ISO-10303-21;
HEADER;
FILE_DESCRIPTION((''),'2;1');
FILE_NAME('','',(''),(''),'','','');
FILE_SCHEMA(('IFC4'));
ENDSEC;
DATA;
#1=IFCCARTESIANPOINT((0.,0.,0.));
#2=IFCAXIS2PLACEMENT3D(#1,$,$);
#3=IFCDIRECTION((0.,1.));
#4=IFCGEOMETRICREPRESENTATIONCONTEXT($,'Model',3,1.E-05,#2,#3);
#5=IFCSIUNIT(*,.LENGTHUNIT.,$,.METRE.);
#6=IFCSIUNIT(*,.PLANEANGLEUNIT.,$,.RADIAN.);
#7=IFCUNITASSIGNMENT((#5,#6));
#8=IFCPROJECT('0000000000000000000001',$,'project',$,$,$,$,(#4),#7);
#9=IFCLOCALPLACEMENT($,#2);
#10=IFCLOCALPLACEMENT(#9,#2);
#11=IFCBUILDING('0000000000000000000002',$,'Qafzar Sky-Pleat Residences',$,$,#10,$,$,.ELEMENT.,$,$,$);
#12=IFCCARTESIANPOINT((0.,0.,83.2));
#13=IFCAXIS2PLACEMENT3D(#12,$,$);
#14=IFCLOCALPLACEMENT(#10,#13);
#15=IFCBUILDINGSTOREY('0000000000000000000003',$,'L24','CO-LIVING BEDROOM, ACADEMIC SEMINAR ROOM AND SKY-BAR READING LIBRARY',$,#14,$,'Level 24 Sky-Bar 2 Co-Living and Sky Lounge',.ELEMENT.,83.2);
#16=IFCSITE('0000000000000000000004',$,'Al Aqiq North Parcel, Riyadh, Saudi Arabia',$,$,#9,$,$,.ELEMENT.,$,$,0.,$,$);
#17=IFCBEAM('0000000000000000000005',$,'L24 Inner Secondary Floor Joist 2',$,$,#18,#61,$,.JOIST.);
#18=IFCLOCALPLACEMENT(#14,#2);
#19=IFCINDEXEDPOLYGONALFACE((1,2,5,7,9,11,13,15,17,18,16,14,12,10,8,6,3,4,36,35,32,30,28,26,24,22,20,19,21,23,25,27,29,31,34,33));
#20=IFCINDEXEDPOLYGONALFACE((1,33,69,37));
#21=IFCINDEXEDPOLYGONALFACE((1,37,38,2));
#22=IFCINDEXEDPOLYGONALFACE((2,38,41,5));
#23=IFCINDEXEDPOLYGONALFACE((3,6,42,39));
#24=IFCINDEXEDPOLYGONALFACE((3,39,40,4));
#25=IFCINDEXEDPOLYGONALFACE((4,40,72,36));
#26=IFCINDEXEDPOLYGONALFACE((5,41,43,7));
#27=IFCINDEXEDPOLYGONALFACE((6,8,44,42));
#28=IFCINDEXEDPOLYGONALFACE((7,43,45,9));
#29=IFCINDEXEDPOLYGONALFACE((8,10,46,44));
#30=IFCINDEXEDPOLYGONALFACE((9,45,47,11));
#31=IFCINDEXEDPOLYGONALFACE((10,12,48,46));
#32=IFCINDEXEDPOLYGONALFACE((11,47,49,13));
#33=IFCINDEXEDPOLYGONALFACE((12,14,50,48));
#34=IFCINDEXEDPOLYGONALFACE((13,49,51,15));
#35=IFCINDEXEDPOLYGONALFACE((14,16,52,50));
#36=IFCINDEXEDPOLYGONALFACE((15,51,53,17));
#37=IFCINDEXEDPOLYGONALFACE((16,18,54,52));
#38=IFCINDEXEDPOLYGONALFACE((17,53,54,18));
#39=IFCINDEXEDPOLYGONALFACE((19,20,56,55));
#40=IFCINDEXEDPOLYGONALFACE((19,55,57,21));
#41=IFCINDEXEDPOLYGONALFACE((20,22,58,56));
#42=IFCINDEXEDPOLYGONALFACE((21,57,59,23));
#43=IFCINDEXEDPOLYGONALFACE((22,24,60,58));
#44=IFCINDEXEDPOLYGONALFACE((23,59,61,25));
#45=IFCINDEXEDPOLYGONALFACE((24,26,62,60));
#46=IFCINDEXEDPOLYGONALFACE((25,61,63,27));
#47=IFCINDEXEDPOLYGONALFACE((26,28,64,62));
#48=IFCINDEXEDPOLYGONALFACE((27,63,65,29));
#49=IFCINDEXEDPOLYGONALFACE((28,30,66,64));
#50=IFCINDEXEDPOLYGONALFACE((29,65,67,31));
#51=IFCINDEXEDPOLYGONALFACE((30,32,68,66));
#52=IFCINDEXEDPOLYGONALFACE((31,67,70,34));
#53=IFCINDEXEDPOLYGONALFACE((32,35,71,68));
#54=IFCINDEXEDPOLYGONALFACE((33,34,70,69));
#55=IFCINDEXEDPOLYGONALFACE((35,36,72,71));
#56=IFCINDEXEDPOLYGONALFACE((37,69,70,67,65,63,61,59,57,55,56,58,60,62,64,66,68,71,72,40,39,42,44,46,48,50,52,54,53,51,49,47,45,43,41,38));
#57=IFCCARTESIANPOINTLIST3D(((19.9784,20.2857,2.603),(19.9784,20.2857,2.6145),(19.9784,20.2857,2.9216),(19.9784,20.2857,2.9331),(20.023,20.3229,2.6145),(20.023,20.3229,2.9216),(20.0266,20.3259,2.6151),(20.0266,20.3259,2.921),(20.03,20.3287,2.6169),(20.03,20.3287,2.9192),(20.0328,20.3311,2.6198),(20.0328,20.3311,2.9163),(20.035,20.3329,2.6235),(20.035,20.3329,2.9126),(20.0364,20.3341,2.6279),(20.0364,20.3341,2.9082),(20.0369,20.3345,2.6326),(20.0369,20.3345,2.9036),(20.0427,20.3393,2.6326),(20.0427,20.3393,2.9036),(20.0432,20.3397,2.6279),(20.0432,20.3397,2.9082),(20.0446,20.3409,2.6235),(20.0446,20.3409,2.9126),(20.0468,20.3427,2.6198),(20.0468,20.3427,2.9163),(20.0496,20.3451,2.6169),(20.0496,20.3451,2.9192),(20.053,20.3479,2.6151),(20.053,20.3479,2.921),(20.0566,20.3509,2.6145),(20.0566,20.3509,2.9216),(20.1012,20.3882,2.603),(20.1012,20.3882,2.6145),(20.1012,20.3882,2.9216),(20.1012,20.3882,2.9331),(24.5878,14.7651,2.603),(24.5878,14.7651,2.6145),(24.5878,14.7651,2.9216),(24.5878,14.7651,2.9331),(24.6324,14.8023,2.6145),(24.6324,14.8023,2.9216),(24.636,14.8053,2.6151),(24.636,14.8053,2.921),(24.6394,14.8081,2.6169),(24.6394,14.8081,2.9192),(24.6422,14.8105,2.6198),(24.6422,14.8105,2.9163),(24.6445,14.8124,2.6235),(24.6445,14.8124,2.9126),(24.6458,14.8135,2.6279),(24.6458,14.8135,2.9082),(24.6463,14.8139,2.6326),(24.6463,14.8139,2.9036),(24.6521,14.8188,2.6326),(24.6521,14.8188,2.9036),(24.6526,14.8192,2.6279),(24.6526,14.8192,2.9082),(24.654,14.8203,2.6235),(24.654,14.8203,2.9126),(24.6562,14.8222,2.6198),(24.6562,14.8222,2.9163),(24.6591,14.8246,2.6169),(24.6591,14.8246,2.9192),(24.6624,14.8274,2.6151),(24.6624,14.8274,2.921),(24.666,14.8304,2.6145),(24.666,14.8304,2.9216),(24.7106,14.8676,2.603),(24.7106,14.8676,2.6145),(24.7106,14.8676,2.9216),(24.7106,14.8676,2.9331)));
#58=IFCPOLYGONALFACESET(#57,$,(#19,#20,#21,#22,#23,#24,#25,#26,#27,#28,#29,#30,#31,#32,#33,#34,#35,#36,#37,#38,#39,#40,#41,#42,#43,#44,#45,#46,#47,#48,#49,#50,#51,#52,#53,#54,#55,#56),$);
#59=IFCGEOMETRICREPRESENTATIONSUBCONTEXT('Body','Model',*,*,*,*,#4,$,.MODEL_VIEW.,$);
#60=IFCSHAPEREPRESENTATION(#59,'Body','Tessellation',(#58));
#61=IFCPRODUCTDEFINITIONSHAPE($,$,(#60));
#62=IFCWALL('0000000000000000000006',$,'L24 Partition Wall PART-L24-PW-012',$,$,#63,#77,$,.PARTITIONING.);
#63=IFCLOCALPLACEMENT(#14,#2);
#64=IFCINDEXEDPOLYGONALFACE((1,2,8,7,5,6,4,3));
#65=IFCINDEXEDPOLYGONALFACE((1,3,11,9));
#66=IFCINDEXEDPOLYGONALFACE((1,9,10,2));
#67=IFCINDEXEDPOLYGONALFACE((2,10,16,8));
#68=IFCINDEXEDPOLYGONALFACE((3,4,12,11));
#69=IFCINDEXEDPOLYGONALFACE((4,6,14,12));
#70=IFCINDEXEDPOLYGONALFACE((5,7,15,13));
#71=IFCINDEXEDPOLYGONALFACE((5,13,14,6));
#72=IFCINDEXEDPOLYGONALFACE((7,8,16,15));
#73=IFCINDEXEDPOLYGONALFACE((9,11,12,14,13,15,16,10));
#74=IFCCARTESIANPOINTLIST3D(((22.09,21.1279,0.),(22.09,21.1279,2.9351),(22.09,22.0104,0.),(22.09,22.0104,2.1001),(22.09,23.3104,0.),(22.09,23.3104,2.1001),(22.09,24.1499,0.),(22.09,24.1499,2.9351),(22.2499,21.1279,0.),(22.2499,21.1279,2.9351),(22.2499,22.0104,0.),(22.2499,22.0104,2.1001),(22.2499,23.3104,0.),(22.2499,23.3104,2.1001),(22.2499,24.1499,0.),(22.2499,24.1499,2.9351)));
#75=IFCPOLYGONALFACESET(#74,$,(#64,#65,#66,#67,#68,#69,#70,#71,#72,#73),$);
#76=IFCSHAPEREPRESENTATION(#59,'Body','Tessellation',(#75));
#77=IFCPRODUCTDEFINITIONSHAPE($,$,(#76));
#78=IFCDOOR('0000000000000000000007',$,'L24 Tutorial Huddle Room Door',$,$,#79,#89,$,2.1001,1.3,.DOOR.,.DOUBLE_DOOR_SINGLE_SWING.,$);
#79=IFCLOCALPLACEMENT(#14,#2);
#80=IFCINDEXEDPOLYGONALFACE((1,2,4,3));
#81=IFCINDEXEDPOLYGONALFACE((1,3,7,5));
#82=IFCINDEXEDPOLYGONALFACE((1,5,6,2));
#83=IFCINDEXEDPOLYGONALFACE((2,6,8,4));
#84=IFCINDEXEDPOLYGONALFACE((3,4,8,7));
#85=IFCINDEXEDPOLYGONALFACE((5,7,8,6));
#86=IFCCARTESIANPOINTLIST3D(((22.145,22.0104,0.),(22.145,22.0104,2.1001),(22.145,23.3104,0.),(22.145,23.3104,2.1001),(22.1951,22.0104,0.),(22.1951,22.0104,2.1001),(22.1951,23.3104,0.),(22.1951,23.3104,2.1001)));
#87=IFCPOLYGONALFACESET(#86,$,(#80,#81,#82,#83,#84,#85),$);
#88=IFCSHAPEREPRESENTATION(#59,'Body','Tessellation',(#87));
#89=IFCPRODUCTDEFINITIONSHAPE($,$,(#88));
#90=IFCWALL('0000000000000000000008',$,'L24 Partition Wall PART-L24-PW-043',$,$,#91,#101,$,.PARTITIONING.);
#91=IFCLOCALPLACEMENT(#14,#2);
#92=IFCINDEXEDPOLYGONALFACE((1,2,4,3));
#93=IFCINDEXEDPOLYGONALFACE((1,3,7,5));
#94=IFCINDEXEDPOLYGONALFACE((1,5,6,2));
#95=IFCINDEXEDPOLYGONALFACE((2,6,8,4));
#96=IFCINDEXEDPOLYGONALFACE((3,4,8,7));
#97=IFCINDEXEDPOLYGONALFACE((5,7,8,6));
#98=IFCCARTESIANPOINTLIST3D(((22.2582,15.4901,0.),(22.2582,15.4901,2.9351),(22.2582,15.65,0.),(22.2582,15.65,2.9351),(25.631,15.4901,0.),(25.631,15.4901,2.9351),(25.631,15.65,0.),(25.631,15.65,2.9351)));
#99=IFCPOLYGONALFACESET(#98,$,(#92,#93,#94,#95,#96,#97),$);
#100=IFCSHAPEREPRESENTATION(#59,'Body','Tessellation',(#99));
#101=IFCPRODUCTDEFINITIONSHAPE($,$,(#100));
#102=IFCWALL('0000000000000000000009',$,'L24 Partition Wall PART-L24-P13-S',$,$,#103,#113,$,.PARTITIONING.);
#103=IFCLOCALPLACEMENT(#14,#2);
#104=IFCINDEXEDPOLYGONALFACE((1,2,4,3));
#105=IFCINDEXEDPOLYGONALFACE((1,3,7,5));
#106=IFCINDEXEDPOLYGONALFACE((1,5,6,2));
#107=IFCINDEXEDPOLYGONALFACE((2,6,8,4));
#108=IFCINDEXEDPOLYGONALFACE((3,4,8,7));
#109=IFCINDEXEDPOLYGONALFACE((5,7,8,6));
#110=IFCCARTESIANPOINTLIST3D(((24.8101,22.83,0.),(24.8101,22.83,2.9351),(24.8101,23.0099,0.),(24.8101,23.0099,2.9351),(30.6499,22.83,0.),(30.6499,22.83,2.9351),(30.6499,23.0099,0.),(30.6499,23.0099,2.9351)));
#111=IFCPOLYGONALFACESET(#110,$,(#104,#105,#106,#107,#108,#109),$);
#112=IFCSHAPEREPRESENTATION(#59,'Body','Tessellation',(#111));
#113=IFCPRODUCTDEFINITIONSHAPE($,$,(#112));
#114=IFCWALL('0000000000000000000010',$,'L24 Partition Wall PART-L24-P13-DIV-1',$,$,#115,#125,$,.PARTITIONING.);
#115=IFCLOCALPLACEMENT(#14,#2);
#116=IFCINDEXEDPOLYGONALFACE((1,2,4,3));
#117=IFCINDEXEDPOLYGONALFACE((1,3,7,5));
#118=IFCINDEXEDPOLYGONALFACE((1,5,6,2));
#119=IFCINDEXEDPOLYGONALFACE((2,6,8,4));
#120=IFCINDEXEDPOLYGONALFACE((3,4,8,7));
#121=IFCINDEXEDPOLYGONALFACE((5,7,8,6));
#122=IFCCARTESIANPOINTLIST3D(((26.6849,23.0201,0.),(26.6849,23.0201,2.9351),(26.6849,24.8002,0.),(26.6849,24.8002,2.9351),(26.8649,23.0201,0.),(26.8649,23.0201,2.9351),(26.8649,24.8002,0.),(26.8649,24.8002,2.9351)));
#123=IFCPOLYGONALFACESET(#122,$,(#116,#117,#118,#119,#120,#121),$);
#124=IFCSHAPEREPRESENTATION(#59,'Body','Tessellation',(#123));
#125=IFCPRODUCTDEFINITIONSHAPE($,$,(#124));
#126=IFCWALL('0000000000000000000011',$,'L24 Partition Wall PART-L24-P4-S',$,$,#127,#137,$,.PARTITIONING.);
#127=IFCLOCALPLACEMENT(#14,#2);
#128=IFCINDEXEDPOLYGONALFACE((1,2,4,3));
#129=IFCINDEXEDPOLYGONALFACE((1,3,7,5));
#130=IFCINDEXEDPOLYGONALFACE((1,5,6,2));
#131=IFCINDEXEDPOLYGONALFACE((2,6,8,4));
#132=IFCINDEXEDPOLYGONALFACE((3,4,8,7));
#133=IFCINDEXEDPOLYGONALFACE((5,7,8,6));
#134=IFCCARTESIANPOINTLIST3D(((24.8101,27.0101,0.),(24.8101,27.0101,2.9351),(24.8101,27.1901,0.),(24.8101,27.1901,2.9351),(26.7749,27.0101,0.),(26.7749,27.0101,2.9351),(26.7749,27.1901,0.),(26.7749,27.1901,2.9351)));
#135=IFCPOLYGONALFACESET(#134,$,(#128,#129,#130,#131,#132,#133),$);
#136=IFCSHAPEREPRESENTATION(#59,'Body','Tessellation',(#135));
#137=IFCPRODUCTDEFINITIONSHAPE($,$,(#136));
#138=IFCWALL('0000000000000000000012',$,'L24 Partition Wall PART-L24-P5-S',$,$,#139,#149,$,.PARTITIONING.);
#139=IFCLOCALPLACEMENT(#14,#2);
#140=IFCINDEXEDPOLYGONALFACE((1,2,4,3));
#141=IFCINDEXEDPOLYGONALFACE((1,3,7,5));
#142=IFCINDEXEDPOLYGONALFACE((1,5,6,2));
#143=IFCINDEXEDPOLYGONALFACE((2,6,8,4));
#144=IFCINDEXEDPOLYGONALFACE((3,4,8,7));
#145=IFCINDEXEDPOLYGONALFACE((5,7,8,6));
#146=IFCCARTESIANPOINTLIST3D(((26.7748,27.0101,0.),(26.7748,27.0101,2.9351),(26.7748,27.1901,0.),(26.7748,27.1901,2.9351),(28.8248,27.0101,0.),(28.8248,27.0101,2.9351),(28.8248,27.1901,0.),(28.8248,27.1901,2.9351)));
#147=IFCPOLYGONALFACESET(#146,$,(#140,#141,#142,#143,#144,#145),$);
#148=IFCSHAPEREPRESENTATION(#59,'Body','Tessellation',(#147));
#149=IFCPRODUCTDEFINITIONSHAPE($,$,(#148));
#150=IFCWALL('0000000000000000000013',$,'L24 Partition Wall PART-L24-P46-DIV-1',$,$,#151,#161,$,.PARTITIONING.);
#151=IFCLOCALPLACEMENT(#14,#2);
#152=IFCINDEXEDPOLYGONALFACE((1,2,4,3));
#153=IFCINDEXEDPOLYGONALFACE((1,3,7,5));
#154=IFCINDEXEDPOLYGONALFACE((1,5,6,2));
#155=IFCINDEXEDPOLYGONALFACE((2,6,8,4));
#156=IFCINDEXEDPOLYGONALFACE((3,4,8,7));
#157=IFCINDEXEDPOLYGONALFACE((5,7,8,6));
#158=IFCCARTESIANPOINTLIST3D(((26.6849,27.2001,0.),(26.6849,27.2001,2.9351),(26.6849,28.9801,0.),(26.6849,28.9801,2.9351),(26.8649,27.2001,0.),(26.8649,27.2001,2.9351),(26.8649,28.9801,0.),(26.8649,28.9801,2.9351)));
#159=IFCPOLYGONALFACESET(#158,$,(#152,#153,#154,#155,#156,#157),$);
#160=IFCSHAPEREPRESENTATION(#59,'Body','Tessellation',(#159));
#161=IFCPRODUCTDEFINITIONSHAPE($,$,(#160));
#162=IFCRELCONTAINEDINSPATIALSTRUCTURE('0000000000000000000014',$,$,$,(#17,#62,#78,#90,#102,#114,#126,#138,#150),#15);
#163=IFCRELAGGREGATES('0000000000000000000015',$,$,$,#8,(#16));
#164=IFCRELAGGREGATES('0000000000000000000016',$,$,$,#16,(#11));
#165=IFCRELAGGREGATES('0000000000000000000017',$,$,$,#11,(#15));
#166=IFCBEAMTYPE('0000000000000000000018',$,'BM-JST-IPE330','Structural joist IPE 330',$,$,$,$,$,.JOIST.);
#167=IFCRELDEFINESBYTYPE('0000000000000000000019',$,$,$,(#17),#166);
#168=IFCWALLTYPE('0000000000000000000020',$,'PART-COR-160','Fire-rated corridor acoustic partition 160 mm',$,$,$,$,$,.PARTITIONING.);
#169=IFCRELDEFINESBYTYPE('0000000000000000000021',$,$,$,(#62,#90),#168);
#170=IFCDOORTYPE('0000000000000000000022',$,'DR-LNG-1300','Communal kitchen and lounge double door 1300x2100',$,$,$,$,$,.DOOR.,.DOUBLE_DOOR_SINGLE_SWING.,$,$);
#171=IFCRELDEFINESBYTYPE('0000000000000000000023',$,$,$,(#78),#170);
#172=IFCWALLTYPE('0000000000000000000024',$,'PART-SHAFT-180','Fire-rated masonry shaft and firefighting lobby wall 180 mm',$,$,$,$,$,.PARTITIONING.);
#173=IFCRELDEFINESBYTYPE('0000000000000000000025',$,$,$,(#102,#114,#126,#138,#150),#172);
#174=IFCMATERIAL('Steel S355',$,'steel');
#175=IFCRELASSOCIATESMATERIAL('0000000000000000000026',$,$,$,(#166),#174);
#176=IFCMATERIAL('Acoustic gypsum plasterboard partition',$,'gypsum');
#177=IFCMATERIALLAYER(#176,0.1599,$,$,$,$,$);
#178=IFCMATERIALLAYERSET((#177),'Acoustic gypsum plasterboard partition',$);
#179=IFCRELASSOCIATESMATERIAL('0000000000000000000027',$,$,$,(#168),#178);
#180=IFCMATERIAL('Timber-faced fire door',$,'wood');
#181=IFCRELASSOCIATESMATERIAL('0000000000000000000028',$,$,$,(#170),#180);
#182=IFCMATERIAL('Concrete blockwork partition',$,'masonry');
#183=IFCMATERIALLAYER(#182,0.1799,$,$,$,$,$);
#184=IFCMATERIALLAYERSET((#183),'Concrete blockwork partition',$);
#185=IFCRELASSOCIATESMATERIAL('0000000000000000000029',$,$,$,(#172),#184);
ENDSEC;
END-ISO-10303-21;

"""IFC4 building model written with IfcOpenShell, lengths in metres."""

from ifc_helpers import new_model, si_unit, direction, frame, frame_2d, origin, origin_2d, place, context, subcontext, project, spatial, rectangle, i_section, extrude, source, transform, mapped, material, layer, layer_set, material_profile, profile_set, type_object, element, fill, save


model = new_model("IFC4")

# Units and contexts
model_context = context("Model", 3, precision=1e-05, world=origin(), true_north=direction((0.0, 1.0)))
body_context = subcontext(model_context, "Body", "Model", "MODEL_VIEW")
ifc_project = project(units=[si_unit("LENGTHUNIT", "METRE"), si_unit("PLANEANGLEUNIT", "RADIAN")], contexts=[model_context])

# Site, building, storey
site_placement = place(None, origin())
site = spatial("IfcSite", under=ifc_project, at=site_placement, Name="Al Aqiq North Parcel, Riyadh, Saudi Arabia", CompositionType="ELEMENT", RefElevation=0.0)
building_placement = place(site_placement, origin())
building = spatial("IfcBuilding", under=site, at=building_placement, Name="Qafzar Sky-Pleat Residences", CompositionType="ELEMENT")
storey_placement = place(building_placement, frame((0.0, 0.0, 83.2)))
storey = spatial("IfcBuildingStorey", under=building, at=storey_placement, Name="L24", Description="CO-LIVING BEDROOM, ACADEMIC SEMINAR ROOM AND SKY-BAR READING LIBRARY", LongName="Level 24 Sky-Bar 2 Co-Living and Sky Lounge", CompositionType="ELEMENT", Elevation=83.2)

# Beam
ifc_material_1 = material(Name="Steel S355", Category="steel")
ifc_material_profile = material_profile(ifc_material_1, i_section(OverallWidth=0.1599, OverallDepth=0.3301, WebThickness=0.0076, FlangeThickness=0.0115, FilletRadius=0.0181, at=origin_2d()), Name="IPE 330")
ifc_profile_set = profile_set([ifc_material_profile], Name="Steel S355")
beam_type = type_object("IfcBeamType", Name="BM-JST-IPE330", Description="Structural joist IPE 330", PredefinedType="JOIST", material=ifc_profile_set)
shared_shape_1 = source(origin(), body_context, "Body", "SweptSolid", [
    extrude(i_section(OverallWidth=0.1599, OverallDepth=0.3301, WebThickness=0.0076, FlangeThickness=0.0115, FilletRadius=0.0181, at=origin_2d()), origin(), (0.0, 0.0, 1.0), 7.1919),
])
beam_placement = place(storey_placement, frame((20.0398, 20.3369, 2.7681), z_axis=(0.640919, -0.767609, 0.0), x_axis=(0.767609, 0.640919, 0.0)))
element("IfcBeam", 1, at=beam_placement, inside=storey, type_object=beam_type, Name="L24 Inner Secondary Floor Joist 2", PredefinedType="JOIST", context=body_context, shape_type="MappedRepresentation", body=[
    mapped(shared_shape_1, transform((0.0, 0.0, 0.0), x_axis=(1.0, 0.0, 0.0), y_axis=(0.0, 1.0, 0.0), z_axis=(0.0, 0.0, 1.0), scale=1.0)),
])

# Wall, opening, door
ifc_material_2 = material(Name="Acoustic gypsum plasterboard partition", Category="gypsum")
ifc_layer_1 = layer(ifc_material_2, 0.1599)
ifc_layer_set_1 = layer_set([ifc_layer_1], Name="Acoustic gypsum plasterboard partition")
wall_type_1 = type_object("IfcWallType", Name="PART-COR-160", Description="Fire-rated corridor acoustic partition 160 mm", PredefinedType="PARTITIONING", material=ifc_layer_set_1)
wall_1_placement = place(storey_placement, frame((22.1699, 21.1279, 0.0), z_axis=(0.0, 0.0, 1.0), x_axis=(0.0, 1.0, 0.0)))
wall_1 = element("IfcWall", 2, at=wall_1_placement, inside=storey, type_object=wall_type_1, Name="L24 Partition Wall PART-L24-PW-012", PredefinedType="PARTITIONING", context=body_context, shape_type="SweptSolid", body=[
    extrude(rectangle(XDim=3.022, YDim=0.1599, at=frame_2d((1.511, 0.0))), origin(), (0.0, 0.0, 1.0), 2.9351),
])
opening_1_placement = place(wall_1_placement, frame((0.8826, 0.0, 0.0)))
opening_1 = element("IfcOpeningElement", 3, at=opening_1_placement, cuts=wall_1, PredefinedType="OPENING", context=body_context, shape_type="SweptSolid", body=[
    extrude(rectangle(XDim=1.3, YDim=2.1001, at=frame_2d((0.6499, 1.05))), frame((0.0, 0.0898, 0.0), z_axis=(0.0, -1.0, 0.0), x_axis=(1.0, 0.0, 0.0)), (0.0, 0.0, 1.0), 0.1799),
])
ifc_material_3 = material(Name="Timber-faced fire door", Category="wood")
door_type_1 = type_object("IfcDoorType", Name="DR-LNG-1300", Description="Communal kitchen and lounge double door 1300x2100", OperationType="DOUBLE_DOOR_SINGLE_SWING", PredefinedType="DOOR", material=ifc_material_3)
shared_shape_2 = source(origin(), body_context, "Body", "SweptSolid", [
    extrude(rectangle(XDim=1.3, YDim=2.1001, at=frame_2d((0.6499, 1.05))), frame((0.0, 0.0249, 0.0), z_axis=(0.0, -1.0, 0.0), x_axis=(1.0, 0.0, 0.0)), (0.0, 0.0, 1.0), 0.05),
])
door_1_placement = place(opening_1_placement, origin())
door_1 = element("IfcDoor", 4, at=door_1_placement, inside=storey, type_object=door_type_1, Name="L24 Tutorial Huddle Room Door", OperationType="DOUBLE_DOOR_SINGLE_SWING", OverallHeight=2.1001, OverallWidth=1.3, PredefinedType="DOOR", context=body_context, shape_type="MappedRepresentation", body=[
    mapped(shared_shape_2, transform((0.0, 0.0, 0.0), x_axis=(1.0, 0.0, 0.0), y_axis=(0.0, 1.0, 0.0), z_axis=(0.0, 0.0, 1.0), scale=1.0)),
])
fill(opening_1, door_1)

# Walls
wall_2_placement = place(storey_placement, frame((22.2581, 15.5701, 0.0), z_axis=(0.0, 0.0, 1.0), x_axis=(1.0, 0.0, 0.0)))
element("IfcWall", 5, at=wall_2_placement, inside=storey, type_object=wall_type_1, Name="L24 Partition Wall PART-L24-PW-043", PredefinedType="PARTITIONING", context=body_context, shape_type="SweptSolid", body=[
    extrude(rectangle(XDim=3.3728, YDim=0.1599, at=frame_2d((1.6865, 0.0))), origin(), (0.0, 0.0, 1.0), 2.9351),
])
ifc_material_4 = material(Name="Concrete blockwork partition", Category="masonry")
ifc_layer_2 = layer(ifc_material_4, 0.1799)
ifc_layer_set_2 = layer_set([ifc_layer_2], Name="Concrete blockwork partition")
wall_type_2 = type_object("IfcWallType", Name="PART-SHAFT-180", Description="Fire-rated masonry shaft and firefighting lobby wall 180 mm", PredefinedType="PARTITIONING", material=ifc_layer_set_2)
wall_3_placement = place(storey_placement, frame((24.8101, 22.9199, 0.0), z_axis=(0.0, 0.0, 1.0), x_axis=(1.0, 0.0, 0.0)))
element("IfcWall", 6, at=wall_3_placement, inside=storey, type_object=wall_type_2, Name="L24 Partition Wall PART-L24-P13-S", PredefinedType="PARTITIONING", context=body_context, shape_type="SweptSolid", body=[
    extrude(rectangle(XDim=5.8398, YDim=0.1799, at=frame_2d((2.9199, 0.0))), origin(), (0.0, 0.0, 1.0), 2.9351),
])

# Walls
wall_4_placement = place(storey_placement, frame((26.7749, 23.02, 0.0), z_axis=(0.0, 0.0, 1.0), x_axis=(0.0, 1.0, 0.0)))
element("IfcWall", 7, at=wall_4_placement, inside=storey, type_object=wall_type_2, Name="L24 Partition Wall PART-L24-P13-DIV-1", PredefinedType="PARTITIONING", context=body_context, shape_type="SweptSolid", body=[
    extrude(rectangle(XDim=1.78, YDim=0.1799, at=frame_2d((0.8901, 0.0))), origin(), (0.0, 0.0, 1.0), 2.9351),
])
wall_5_placement = place(storey_placement, frame((24.8101, 27.1001, 0.0), z_axis=(0.0, 0.0, 1.0), x_axis=(1.0, 0.0, 0.0)))
element("IfcWall", 8, at=wall_5_placement, inside=storey, type_object=wall_type_2, Name="L24 Partition Wall PART-L24-P4-S", PredefinedType="PARTITIONING", context=body_context, shape_type="SweptSolid", body=[
    extrude(rectangle(XDim=1.9648, YDim=0.1799, at=frame_2d((0.9824, 0.0))), origin(), (0.0, 0.0, 1.0), 2.9351),
])
wall_6_placement = place(storey_placement, frame((26.7749, 27.1001, 0.0), z_axis=(0.0, 0.0, 1.0), x_axis=(1.0, 0.0, 0.0)))
element("IfcWall", 9, at=wall_6_placement, inside=storey, type_object=wall_type_2, Name="L24 Partition Wall PART-L24-P5-S", PredefinedType="PARTITIONING", context=body_context, shape_type="SweptSolid", body=[
    extrude(rectangle(XDim=2.05, YDim=0.1799, at=frame_2d((1.0249, 0.0))), origin(), (0.0, 0.0, 1.0), 2.9351),
])
wall_7_placement = place(storey_placement, frame((26.7749, 27.2, 0.0), z_axis=(0.0, 0.0, 1.0), x_axis=(0.0, 1.0, 0.0)))
element("IfcWall", 10, at=wall_7_placement, inside=storey, type_object=wall_type_2, Name="L24 Partition Wall PART-L24-P46-DIV-1", PredefinedType="PARTITIONING", context=body_context, shape_type="SweptSolid", body=[
    extrude(rectangle(XDim=1.78, YDim=0.1799, at=frame_2d((0.8901, 0.0))), origin(), (0.0, 0.0, 1.0), 2.9351),
])

save(model, "model.ifc")
